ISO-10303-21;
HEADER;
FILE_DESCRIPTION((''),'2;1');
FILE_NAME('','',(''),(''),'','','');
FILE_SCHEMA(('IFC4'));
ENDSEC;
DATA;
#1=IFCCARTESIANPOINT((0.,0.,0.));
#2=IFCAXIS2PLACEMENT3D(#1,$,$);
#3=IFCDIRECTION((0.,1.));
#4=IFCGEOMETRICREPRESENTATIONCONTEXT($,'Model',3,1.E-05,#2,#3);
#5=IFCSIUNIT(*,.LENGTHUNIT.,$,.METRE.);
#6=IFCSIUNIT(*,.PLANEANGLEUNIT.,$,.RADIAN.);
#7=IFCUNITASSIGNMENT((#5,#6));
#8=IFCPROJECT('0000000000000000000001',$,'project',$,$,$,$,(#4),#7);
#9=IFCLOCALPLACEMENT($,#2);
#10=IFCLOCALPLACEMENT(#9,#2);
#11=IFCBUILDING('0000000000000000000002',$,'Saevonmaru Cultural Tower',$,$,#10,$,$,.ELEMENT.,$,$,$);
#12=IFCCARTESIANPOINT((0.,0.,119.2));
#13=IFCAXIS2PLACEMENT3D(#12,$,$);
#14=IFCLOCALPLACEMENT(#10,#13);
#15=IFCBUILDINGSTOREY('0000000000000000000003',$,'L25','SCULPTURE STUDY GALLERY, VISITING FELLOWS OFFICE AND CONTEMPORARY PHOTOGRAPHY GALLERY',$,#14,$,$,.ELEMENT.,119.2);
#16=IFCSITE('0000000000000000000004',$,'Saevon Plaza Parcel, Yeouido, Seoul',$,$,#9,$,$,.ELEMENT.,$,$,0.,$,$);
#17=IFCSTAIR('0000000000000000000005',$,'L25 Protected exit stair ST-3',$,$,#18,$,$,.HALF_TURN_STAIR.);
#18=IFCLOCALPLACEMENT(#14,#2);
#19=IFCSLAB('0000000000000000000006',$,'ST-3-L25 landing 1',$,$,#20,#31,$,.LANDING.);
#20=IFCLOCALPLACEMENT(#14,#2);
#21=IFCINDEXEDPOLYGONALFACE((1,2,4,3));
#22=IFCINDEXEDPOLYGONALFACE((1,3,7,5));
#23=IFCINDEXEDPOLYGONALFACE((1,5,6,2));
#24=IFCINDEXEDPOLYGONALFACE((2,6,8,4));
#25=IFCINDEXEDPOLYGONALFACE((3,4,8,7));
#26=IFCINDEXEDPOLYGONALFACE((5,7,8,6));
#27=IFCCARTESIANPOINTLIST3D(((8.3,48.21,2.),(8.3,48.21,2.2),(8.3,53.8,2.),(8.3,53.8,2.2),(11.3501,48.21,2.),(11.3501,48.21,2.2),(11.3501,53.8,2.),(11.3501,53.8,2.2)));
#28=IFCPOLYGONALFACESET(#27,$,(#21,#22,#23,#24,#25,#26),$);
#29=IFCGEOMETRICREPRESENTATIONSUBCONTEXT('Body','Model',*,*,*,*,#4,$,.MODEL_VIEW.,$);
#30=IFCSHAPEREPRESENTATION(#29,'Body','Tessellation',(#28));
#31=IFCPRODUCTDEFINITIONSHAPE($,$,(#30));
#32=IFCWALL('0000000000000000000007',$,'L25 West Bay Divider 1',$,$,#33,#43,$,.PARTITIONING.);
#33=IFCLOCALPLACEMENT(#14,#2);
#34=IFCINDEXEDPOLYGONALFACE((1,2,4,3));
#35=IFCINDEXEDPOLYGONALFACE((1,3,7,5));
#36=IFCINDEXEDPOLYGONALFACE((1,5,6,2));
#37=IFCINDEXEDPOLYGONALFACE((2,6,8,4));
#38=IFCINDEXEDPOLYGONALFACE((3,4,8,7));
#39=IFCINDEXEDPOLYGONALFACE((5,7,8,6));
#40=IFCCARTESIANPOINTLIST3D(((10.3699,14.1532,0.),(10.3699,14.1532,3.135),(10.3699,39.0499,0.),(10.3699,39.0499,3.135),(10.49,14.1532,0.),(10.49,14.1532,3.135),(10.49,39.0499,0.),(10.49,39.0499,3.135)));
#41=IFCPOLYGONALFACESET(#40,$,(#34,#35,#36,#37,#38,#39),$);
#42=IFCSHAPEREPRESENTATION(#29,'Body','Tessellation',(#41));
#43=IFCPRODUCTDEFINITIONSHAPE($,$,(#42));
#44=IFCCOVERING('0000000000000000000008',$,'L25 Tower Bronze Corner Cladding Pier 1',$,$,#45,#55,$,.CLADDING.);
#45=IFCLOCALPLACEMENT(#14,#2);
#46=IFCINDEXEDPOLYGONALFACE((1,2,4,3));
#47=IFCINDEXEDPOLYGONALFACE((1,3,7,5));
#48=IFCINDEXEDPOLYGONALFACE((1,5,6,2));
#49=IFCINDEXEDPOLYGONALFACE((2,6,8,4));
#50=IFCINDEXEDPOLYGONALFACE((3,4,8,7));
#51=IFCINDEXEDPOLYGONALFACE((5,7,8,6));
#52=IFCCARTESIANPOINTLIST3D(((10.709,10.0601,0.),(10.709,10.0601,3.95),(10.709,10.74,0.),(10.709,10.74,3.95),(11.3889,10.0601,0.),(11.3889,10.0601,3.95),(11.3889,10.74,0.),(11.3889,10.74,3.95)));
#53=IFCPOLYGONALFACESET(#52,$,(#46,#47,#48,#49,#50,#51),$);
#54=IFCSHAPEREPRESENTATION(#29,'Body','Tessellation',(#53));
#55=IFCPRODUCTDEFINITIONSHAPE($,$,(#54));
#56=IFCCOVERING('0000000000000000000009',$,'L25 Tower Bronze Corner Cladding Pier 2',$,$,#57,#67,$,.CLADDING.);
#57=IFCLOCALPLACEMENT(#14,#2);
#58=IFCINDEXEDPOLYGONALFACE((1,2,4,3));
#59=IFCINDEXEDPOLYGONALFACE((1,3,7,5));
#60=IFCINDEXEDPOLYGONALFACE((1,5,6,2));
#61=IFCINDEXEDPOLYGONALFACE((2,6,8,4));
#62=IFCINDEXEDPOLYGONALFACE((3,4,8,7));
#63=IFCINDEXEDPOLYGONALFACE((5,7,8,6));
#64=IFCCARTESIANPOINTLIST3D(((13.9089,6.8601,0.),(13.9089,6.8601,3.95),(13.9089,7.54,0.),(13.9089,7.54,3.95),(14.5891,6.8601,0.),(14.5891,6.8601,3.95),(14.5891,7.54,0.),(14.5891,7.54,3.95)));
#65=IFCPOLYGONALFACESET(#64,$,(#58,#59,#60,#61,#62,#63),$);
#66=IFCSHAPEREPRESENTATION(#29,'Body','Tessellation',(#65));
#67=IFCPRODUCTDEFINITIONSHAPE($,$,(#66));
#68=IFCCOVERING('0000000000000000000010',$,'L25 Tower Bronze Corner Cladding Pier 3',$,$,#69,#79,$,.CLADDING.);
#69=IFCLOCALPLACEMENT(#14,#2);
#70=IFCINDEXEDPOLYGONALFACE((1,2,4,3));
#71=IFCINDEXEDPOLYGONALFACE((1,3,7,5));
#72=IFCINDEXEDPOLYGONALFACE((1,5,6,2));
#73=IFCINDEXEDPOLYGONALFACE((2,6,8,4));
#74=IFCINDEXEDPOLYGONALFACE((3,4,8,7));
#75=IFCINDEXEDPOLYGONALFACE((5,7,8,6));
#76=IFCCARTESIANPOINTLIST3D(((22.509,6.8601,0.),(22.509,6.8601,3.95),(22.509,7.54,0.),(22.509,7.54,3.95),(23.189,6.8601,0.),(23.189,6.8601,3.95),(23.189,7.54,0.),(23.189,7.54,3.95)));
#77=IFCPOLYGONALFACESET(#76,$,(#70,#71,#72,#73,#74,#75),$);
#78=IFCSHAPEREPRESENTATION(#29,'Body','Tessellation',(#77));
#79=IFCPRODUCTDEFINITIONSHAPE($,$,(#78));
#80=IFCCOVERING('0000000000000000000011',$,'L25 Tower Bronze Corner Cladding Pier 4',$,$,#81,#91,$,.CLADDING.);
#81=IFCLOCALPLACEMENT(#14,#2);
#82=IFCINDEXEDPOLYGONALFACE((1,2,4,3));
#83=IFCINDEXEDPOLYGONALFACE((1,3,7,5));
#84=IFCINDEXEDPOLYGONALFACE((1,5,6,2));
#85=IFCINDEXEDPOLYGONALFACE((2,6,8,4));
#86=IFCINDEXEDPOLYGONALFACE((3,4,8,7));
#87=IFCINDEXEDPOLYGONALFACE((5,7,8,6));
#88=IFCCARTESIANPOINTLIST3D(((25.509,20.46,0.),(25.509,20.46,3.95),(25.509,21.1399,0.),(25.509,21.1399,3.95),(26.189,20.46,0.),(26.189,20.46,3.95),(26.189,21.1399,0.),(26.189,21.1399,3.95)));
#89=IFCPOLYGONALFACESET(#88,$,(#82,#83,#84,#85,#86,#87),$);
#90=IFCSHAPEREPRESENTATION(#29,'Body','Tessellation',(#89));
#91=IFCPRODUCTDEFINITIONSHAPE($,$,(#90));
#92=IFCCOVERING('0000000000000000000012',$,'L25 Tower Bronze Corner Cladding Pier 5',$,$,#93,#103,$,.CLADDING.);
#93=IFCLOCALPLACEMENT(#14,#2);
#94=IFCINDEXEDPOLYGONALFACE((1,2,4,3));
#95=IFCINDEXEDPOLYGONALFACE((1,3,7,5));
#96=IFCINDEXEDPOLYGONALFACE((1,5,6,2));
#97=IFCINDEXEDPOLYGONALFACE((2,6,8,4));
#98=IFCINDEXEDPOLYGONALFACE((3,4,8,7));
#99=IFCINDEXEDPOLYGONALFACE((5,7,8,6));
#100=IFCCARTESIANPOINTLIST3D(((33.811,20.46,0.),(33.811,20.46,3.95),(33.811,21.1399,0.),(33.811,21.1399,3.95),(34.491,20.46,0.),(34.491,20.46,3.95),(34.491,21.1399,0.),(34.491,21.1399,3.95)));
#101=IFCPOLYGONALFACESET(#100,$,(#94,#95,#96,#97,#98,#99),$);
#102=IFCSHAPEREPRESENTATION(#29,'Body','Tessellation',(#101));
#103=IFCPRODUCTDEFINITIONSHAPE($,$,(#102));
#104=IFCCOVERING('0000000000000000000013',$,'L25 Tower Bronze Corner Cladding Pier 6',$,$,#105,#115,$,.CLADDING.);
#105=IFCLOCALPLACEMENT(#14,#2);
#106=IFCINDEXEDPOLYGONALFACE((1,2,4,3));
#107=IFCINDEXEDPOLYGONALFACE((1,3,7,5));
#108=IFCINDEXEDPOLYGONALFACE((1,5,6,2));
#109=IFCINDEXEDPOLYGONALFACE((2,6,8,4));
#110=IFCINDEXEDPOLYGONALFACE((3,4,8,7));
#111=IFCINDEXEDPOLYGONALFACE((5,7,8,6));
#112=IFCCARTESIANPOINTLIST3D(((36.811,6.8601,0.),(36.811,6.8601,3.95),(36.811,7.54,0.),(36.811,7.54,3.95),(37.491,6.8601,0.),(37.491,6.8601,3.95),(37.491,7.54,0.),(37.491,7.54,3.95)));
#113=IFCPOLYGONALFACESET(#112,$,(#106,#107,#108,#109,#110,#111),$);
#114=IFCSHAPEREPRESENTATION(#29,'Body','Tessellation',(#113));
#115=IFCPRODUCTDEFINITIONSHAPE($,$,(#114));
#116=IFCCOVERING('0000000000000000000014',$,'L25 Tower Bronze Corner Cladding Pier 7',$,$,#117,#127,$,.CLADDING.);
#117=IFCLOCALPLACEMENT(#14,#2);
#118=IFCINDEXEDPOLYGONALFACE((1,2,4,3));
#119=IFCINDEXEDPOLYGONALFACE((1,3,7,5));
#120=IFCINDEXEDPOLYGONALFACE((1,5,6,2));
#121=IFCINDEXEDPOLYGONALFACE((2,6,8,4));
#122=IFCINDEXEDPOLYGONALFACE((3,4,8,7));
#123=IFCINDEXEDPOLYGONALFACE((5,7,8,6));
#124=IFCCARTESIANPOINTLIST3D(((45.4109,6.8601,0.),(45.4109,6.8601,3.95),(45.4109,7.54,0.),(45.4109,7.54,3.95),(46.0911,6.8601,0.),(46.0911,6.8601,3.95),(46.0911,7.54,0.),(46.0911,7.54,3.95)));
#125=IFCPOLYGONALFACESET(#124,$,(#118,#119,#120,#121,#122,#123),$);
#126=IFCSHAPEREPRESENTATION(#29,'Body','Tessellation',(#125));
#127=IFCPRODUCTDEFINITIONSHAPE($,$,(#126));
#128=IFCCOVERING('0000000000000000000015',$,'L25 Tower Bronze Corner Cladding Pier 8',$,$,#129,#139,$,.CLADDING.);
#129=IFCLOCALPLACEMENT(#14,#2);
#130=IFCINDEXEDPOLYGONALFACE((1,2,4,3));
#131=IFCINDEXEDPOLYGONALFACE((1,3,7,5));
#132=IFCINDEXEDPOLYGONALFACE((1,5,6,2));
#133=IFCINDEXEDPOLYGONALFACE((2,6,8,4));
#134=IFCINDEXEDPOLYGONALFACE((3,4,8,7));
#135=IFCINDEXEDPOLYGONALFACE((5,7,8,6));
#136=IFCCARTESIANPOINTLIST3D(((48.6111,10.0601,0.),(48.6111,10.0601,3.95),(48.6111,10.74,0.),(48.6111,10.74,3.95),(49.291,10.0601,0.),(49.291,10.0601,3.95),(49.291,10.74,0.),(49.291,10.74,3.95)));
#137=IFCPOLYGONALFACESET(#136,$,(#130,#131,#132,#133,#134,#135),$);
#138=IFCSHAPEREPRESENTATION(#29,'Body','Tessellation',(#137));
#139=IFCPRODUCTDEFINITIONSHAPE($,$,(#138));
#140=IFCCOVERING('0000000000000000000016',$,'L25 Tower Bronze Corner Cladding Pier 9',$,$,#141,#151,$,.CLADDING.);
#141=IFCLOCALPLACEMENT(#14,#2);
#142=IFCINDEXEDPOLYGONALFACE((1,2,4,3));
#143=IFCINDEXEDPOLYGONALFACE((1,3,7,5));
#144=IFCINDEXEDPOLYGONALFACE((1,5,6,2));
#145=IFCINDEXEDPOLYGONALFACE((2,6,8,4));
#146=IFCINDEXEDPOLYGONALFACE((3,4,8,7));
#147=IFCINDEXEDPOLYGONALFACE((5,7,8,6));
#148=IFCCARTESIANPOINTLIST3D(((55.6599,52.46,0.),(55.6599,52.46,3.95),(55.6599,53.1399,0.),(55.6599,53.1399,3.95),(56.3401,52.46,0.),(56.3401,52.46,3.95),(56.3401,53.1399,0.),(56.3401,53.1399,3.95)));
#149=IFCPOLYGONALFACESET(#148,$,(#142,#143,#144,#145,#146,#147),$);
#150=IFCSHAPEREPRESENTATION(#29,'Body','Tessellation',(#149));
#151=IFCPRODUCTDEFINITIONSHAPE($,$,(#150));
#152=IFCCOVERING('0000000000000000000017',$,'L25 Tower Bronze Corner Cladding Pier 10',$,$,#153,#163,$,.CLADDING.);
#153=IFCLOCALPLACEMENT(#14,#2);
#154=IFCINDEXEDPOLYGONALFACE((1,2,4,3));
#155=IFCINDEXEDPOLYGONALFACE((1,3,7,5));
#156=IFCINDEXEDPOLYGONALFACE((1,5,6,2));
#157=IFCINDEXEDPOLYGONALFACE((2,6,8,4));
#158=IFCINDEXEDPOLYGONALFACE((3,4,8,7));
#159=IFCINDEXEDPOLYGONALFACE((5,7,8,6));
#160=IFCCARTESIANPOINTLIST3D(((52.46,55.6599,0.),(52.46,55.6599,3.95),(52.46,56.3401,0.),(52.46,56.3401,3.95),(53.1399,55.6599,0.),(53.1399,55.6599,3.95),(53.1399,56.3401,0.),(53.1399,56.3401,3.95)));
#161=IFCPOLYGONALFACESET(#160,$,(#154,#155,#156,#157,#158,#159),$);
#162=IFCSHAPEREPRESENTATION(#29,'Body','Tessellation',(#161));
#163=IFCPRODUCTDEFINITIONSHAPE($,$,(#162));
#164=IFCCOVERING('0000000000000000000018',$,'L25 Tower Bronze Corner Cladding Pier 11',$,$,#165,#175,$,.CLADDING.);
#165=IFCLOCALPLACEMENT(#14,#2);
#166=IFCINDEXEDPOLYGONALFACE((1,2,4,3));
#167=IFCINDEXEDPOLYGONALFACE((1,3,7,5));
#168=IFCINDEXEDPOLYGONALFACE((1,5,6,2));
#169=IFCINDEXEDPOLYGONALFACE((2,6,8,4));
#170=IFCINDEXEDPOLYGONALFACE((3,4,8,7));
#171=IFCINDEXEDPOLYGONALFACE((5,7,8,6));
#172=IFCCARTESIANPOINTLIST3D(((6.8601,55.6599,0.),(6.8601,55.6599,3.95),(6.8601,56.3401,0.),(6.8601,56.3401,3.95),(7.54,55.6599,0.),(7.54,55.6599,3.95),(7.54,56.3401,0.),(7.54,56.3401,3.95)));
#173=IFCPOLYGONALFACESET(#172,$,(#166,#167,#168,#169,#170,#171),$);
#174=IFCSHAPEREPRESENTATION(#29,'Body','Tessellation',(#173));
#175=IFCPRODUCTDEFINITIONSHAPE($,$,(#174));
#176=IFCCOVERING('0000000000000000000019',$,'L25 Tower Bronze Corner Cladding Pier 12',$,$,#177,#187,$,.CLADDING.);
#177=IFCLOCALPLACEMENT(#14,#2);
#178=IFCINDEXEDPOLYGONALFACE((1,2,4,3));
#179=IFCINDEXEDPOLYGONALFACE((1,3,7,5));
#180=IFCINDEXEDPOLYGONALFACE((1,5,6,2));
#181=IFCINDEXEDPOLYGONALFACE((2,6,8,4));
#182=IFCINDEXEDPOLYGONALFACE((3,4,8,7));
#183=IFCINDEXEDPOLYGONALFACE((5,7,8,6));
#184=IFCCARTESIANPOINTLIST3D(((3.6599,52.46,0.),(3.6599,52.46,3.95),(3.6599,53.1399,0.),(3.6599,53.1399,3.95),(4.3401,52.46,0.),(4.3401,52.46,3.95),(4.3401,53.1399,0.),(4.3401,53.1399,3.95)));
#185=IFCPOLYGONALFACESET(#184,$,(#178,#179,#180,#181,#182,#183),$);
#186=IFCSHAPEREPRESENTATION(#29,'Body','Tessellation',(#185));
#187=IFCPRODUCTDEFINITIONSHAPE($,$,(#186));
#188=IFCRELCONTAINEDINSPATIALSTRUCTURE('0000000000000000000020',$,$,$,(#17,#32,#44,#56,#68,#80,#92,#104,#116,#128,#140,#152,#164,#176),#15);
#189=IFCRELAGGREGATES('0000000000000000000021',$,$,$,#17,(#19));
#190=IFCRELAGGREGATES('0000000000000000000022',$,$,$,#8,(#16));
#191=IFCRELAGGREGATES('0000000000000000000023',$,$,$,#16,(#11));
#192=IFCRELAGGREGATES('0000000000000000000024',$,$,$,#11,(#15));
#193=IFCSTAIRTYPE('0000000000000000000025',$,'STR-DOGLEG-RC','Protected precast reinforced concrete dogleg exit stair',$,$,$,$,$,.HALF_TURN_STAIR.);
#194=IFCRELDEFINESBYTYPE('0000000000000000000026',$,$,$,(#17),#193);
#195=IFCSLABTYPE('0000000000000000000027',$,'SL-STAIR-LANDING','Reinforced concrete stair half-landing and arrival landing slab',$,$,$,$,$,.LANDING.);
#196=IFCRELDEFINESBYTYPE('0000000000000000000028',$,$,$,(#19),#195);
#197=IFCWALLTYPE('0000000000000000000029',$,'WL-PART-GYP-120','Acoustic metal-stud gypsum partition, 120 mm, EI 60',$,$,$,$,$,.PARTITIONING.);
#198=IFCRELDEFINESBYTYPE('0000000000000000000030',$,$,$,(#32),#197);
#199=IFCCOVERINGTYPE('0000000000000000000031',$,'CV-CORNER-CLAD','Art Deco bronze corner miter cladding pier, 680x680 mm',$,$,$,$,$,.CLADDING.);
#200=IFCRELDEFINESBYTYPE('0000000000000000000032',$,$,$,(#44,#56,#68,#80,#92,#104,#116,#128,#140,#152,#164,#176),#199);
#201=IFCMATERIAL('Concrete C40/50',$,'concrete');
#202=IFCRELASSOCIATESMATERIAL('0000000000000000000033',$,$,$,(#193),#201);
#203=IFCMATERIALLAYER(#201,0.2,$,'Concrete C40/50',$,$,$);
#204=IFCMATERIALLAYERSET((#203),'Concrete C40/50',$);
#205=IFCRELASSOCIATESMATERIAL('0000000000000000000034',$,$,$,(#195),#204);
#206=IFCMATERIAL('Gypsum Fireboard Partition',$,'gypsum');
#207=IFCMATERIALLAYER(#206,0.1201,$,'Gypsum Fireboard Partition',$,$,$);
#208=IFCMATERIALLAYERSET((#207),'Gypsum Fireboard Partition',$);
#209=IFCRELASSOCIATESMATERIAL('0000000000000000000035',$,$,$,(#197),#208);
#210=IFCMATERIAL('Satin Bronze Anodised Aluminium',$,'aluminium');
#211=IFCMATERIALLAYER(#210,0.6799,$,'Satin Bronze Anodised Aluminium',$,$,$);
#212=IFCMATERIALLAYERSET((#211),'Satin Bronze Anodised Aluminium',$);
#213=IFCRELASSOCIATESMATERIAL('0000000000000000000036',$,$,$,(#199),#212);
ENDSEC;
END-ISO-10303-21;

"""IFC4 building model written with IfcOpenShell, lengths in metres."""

from ifc_helpers import new_model, si_unit, direction, frame, frame_2d, origin, place, context, subcontext, project, spatial, polyline, rectangle, outline, extrude, material, layer, layer_set, type_object, element, aggregate, save


model = new_model("IFC4")

# Units and contexts
model_context = context("Model", 3, precision=1e-05, world=origin(), true_north=direction((0.0, 1.0)))
body_context = subcontext(model_context, "Body", "Model", "MODEL_VIEW")
ifc_project = project(units=[si_unit("LENGTHUNIT", "METRE"), si_unit("PLANEANGLEUNIT", "RADIAN")], contexts=[model_context])

# Site, building, storey
site_placement = place(None, origin())
site = spatial("IfcSite", under=ifc_project, at=site_placement, Name="Saevon Plaza Parcel, Yeouido, Seoul", CompositionType="ELEMENT", RefElevation=0.0)
building_placement = place(site_placement, origin())
building = spatial("IfcBuilding", under=site, at=building_placement, Name="Saevonmaru Cultural Tower", CompositionType="ELEMENT")
storey_placement = place(building_placement, frame((0.0, 0.0, 119.2)))
storey = spatial("IfcBuildingStorey", under=building, at=storey_placement, Name="L25", Description="SCULPTURE STUDY GALLERY, VISITING FELLOWS OFFICE AND CONTEMPORARY PHOTOGRAPHY GALLERY", CompositionType="ELEMENT", Elevation=119.2)

# Shared definitions
ifc_material_1 = material(Name="Satin Bronze Anodised Aluminium", Category="aluminium")

# Shared definitions
ifc_material_2 = material(Name="Concrete C40/50", Category="concrete")

# Stair, slab
stair_type = type_object("IfcStairType", Name="STR-DOGLEG-RC", Description="Protected precast reinforced concrete dogleg exit stair", PredefinedType="HALF_TURN_STAIR", material=ifc_material_2)
ifc_layer_1 = layer(ifc_material_2, 0.2, Name="Concrete C40/50")
ifc_layer_set_1 = layer_set([ifc_layer_1], Name="Concrete C40/50")
slab_type_1 = type_object("IfcSlabType", Name="SL-STAIR-LANDING", Description="Reinforced concrete stair half-landing and arrival landing slab", PredefinedType="LANDING", material=ifc_layer_set_1)
stair_1_placement = place(storey_placement, origin())
stair_1 = element("IfcStair", 1, at=stair_1_placement, inside=storey, type_object=stair_type, Name="L25 Protected exit stair ST-3", PredefinedType="HALF_TURN_STAIR")
slab_1_placement = place(storey_placement, frame((0.0, 0.0, 2.0)))
slab_1 = element("IfcSlab", 2, at=slab_1_placement, type_object=slab_type_1, Name="ST-3-L25 landing 1", PredefinedType="LANDING", context=body_context, shape_type="SweptSolid", body=[
    extrude(outline(polyline([(11.3501, 48.21), (11.3501, 53.8), (8.3, 53.8), (8.3, 48.21), (11.3501, 48.21)])), origin(), (0.0, 0.0, 1.0), 0.2),
])
aggregate(stair_1, [slab_1])

# Wall
ifc_material_3 = material(Name="Gypsum Fireboard Partition", Category="gypsum")
ifc_layer_2 = layer(ifc_material_3, 0.1201, Name="Gypsum Fireboard Partition")
ifc_layer_set_2 = layer_set([ifc_layer_2], Name="Gypsum Fireboard Partition")
wall_type = type_object("IfcWallType", Name="WL-PART-GYP-120", Description="Acoustic metal-stud gypsum partition, 120 mm, EI 60", PredefinedType="PARTITIONING", material=ifc_layer_set_2)
wall_placement = place(storey_placement, frame((10.4299, 14.1533, 0.0), z_axis=(0.0, 0.0, 1.0), x_axis=(0.0, 1.0, 0.0)))
element("IfcWall", 3, at=wall_placement, inside=storey, type_object=wall_type, Name="L25 West Bay Divider 1", PredefinedType="PARTITIONING", context=body_context, shape_type="SweptSolid", body=[
    extrude(rectangle(XDim=24.8967, YDim=0.1201, at=frame_2d((12.4482, 0.0))), origin(), (0.0, 0.0, 1.0), 3.135),
])

# Coverings
ifc_layer_3 = layer(ifc_material_1, 0.6799, Name="Satin Bronze Anodised Aluminium")
ifc_layer_set_3 = layer_set([ifc_layer_3], Name="Satin Bronze Anodised Aluminium")
covering_type = type_object("IfcCoveringType", Name="CV-CORNER-CLAD", Description="Art Deco bronze corner miter cladding pier, 680x680 mm", PredefinedType="CLADDING", material=ifc_layer_set_3)
covering_1_placement = place(storey_placement, origin())
element("IfcCovering", 4, at=covering_1_placement, inside=storey, type_object=covering_type, Name="L25 Tower Bronze Corner Cladding Pier 1", PredefinedType="CLADDING", context=body_context, shape_type="SweptSolid", body=[
    extrude(outline(polyline([(10.709, 10.0601), (11.3889, 10.0601), (11.3889, 10.74), (10.709, 10.74), (10.709, 10.0601)])), origin(), (0.0, 0.0, 1.0), 3.95),
])
covering_2_placement = place(storey_placement, origin())
element("IfcCovering", 5, at=covering_2_placement, inside=storey, type_object=covering_type, Name="L25 Tower Bronze Corner Cladding Pier 2", PredefinedType="CLADDING", context=body_context, shape_type="SweptSolid", body=[
    extrude(outline(polyline([(13.9089, 6.8601), (14.5891, 6.8601), (14.5891, 7.54), (13.9089, 7.54), (13.9089, 6.8601)])), origin(), (0.0, 0.0, 1.0), 3.95),
])
covering_3_placement = place(storey_placement, origin())
element("IfcCovering", 6, at=covering_3_placement, inside=storey, type_object=covering_type, Name="L25 Tower Bronze Corner Cladding Pier 3", PredefinedType="CLADDING", context=body_context, shape_type="SweptSolid", body=[
    extrude(outline(polyline([(22.509, 6.8601), (23.189, 6.8601), (23.189, 7.54), (22.509, 7.54), (22.509, 6.8601)])), origin(), (0.0, 0.0, 1.0), 3.95),
])
covering_4_placement = place(storey_placement, origin())
element("IfcCovering", 7, at=covering_4_placement, inside=storey, type_object=covering_type, Name="L25 Tower Bronze Corner Cladding Pier 4", PredefinedType="CLADDING", context=body_context, shape_type="SweptSolid", body=[
    extrude(outline(polyline([(25.509, 20.46), (26.189, 20.46), (26.189, 21.1399), (25.509, 21.1399), (25.509, 20.46)])), origin(), (0.0, 0.0, 1.0), 3.95),
])
covering_5_placement = place(storey_placement, origin())
element("IfcCovering", 8, at=covering_5_placement, inside=storey, type_object=covering_type, Name="L25 Tower Bronze Corner Cladding Pier 5", PredefinedType="CLADDING", context=body_context, shape_type="SweptSolid", body=[
    extrude(outline(polyline([(33.811, 20.46), (34.491, 20.46), (34.491, 21.1399), (33.811, 21.1399), (33.811, 20.46)])), origin(), (0.0, 0.0, 1.0), 3.95),
])
covering_6_placement = place(storey_placement, origin())
element("IfcCovering", 9, at=covering_6_placement, inside=storey, type_object=covering_type, Name="L25 Tower Bronze Corner Cladding Pier 6", PredefinedType="CLADDING", context=body_context, shape_type="SweptSolid", body=[
    extrude(outline(polyline([(36.811, 6.8601), (37.491, 6.8601), (37.491, 7.54), (36.811, 7.54), (36.811, 6.8601)])), origin(), (0.0, 0.0, 1.0), 3.95),
])
covering_7_placement = place(storey_placement, origin())
element("IfcCovering", 10, at=covering_7_placement, inside=storey, type_object=covering_type, Name="L25 Tower Bronze Corner Cladding Pier 7", PredefinedType="CLADDING", context=body_context, shape_type="SweptSolid", body=[
    extrude(outline(polyline([(45.4109, 6.8601), (46.0911, 6.8601), (46.0911, 7.54), (45.4109, 7.54), (45.4109, 6.8601)])), origin(), (0.0, 0.0, 1.0), 3.95),
])
covering_8_placement = place(storey_placement, origin())
element("IfcCovering", 11, at=covering_8_placement, inside=storey, type_object=covering_type, Name="L25 Tower Bronze Corner Cladding Pier 8", PredefinedType="CLADDING", context=body_context, shape_type="SweptSolid", body=[
    extrude(outline(polyline([(48.6111, 10.0601), (49.291, 10.0601), (49.291, 10.74), (48.6111, 10.74), (48.6111, 10.0601)])), origin(), (0.0, 0.0, 1.0), 3.95),
])
covering_9_placement = place(storey_placement, origin())
element("IfcCovering", 12, at=covering_9_placement, inside=storey, type_object=covering_type, Name="L25 Tower Bronze Corner Cladding Pier 9", PredefinedType="CLADDING", context=body_context, shape_type="SweptSolid", body=[
    extrude(outline(polyline([(55.6599, 52.46), (56.3401, 52.46), (56.3401, 53.1399), (55.6599, 53.1399), (55.6599, 52.46)])), origin(), (0.0, 0.0, 1.0), 3.95),
])
covering_10_placement = place(storey_placement, origin())
element("IfcCovering", 13, at=covering_10_placement, inside=storey, type_object=covering_type, Name="L25 Tower Bronze Corner Cladding Pier 10", PredefinedType="CLADDING", context=body_context, shape_type="SweptSolid", body=[
    extrude(outline(polyline([(52.46, 55.6599), (53.1399, 55.6599), (53.1399, 56.3401), (52.46, 56.3401), (52.46, 55.6599)])), origin(), (0.0, 0.0, 1.0), 3.95),
])
covering_11_placement = place(storey_placement, origin())
element("IfcCovering", 14, at=covering_11_placement, inside=storey, type_object=covering_type, Name="L25 Tower Bronze Corner Cladding Pier 11", PredefinedType="CLADDING", context=body_context, shape_type="SweptSolid", body=[
    extrude(outline(polyline([(6.8601, 55.6599), (7.54, 55.6599), (7.54, 56.3401), (6.8601, 56.3401), (6.8601, 55.6599)])), origin(), (0.0, 0.0, 1.0), 3.95),
])
covering_12_placement = place(storey_placement, origin())
element("IfcCovering", 15, at=covering_12_placement, inside=storey, type_object=covering_type, Name="L25 Tower Bronze Corner Cladding Pier 12", PredefinedType="CLADDING", context=body_context, shape_type="SweptSolid", body=[
    extrude(outline(polyline([(3.6599, 52.46), (4.3401, 52.46), (4.3401, 53.1399), (3.6599, 53.1399), (3.6599, 52.46)])), origin(), (0.0, 0.0, 1.0), 3.95),
])

save(model, "model.ifc")
